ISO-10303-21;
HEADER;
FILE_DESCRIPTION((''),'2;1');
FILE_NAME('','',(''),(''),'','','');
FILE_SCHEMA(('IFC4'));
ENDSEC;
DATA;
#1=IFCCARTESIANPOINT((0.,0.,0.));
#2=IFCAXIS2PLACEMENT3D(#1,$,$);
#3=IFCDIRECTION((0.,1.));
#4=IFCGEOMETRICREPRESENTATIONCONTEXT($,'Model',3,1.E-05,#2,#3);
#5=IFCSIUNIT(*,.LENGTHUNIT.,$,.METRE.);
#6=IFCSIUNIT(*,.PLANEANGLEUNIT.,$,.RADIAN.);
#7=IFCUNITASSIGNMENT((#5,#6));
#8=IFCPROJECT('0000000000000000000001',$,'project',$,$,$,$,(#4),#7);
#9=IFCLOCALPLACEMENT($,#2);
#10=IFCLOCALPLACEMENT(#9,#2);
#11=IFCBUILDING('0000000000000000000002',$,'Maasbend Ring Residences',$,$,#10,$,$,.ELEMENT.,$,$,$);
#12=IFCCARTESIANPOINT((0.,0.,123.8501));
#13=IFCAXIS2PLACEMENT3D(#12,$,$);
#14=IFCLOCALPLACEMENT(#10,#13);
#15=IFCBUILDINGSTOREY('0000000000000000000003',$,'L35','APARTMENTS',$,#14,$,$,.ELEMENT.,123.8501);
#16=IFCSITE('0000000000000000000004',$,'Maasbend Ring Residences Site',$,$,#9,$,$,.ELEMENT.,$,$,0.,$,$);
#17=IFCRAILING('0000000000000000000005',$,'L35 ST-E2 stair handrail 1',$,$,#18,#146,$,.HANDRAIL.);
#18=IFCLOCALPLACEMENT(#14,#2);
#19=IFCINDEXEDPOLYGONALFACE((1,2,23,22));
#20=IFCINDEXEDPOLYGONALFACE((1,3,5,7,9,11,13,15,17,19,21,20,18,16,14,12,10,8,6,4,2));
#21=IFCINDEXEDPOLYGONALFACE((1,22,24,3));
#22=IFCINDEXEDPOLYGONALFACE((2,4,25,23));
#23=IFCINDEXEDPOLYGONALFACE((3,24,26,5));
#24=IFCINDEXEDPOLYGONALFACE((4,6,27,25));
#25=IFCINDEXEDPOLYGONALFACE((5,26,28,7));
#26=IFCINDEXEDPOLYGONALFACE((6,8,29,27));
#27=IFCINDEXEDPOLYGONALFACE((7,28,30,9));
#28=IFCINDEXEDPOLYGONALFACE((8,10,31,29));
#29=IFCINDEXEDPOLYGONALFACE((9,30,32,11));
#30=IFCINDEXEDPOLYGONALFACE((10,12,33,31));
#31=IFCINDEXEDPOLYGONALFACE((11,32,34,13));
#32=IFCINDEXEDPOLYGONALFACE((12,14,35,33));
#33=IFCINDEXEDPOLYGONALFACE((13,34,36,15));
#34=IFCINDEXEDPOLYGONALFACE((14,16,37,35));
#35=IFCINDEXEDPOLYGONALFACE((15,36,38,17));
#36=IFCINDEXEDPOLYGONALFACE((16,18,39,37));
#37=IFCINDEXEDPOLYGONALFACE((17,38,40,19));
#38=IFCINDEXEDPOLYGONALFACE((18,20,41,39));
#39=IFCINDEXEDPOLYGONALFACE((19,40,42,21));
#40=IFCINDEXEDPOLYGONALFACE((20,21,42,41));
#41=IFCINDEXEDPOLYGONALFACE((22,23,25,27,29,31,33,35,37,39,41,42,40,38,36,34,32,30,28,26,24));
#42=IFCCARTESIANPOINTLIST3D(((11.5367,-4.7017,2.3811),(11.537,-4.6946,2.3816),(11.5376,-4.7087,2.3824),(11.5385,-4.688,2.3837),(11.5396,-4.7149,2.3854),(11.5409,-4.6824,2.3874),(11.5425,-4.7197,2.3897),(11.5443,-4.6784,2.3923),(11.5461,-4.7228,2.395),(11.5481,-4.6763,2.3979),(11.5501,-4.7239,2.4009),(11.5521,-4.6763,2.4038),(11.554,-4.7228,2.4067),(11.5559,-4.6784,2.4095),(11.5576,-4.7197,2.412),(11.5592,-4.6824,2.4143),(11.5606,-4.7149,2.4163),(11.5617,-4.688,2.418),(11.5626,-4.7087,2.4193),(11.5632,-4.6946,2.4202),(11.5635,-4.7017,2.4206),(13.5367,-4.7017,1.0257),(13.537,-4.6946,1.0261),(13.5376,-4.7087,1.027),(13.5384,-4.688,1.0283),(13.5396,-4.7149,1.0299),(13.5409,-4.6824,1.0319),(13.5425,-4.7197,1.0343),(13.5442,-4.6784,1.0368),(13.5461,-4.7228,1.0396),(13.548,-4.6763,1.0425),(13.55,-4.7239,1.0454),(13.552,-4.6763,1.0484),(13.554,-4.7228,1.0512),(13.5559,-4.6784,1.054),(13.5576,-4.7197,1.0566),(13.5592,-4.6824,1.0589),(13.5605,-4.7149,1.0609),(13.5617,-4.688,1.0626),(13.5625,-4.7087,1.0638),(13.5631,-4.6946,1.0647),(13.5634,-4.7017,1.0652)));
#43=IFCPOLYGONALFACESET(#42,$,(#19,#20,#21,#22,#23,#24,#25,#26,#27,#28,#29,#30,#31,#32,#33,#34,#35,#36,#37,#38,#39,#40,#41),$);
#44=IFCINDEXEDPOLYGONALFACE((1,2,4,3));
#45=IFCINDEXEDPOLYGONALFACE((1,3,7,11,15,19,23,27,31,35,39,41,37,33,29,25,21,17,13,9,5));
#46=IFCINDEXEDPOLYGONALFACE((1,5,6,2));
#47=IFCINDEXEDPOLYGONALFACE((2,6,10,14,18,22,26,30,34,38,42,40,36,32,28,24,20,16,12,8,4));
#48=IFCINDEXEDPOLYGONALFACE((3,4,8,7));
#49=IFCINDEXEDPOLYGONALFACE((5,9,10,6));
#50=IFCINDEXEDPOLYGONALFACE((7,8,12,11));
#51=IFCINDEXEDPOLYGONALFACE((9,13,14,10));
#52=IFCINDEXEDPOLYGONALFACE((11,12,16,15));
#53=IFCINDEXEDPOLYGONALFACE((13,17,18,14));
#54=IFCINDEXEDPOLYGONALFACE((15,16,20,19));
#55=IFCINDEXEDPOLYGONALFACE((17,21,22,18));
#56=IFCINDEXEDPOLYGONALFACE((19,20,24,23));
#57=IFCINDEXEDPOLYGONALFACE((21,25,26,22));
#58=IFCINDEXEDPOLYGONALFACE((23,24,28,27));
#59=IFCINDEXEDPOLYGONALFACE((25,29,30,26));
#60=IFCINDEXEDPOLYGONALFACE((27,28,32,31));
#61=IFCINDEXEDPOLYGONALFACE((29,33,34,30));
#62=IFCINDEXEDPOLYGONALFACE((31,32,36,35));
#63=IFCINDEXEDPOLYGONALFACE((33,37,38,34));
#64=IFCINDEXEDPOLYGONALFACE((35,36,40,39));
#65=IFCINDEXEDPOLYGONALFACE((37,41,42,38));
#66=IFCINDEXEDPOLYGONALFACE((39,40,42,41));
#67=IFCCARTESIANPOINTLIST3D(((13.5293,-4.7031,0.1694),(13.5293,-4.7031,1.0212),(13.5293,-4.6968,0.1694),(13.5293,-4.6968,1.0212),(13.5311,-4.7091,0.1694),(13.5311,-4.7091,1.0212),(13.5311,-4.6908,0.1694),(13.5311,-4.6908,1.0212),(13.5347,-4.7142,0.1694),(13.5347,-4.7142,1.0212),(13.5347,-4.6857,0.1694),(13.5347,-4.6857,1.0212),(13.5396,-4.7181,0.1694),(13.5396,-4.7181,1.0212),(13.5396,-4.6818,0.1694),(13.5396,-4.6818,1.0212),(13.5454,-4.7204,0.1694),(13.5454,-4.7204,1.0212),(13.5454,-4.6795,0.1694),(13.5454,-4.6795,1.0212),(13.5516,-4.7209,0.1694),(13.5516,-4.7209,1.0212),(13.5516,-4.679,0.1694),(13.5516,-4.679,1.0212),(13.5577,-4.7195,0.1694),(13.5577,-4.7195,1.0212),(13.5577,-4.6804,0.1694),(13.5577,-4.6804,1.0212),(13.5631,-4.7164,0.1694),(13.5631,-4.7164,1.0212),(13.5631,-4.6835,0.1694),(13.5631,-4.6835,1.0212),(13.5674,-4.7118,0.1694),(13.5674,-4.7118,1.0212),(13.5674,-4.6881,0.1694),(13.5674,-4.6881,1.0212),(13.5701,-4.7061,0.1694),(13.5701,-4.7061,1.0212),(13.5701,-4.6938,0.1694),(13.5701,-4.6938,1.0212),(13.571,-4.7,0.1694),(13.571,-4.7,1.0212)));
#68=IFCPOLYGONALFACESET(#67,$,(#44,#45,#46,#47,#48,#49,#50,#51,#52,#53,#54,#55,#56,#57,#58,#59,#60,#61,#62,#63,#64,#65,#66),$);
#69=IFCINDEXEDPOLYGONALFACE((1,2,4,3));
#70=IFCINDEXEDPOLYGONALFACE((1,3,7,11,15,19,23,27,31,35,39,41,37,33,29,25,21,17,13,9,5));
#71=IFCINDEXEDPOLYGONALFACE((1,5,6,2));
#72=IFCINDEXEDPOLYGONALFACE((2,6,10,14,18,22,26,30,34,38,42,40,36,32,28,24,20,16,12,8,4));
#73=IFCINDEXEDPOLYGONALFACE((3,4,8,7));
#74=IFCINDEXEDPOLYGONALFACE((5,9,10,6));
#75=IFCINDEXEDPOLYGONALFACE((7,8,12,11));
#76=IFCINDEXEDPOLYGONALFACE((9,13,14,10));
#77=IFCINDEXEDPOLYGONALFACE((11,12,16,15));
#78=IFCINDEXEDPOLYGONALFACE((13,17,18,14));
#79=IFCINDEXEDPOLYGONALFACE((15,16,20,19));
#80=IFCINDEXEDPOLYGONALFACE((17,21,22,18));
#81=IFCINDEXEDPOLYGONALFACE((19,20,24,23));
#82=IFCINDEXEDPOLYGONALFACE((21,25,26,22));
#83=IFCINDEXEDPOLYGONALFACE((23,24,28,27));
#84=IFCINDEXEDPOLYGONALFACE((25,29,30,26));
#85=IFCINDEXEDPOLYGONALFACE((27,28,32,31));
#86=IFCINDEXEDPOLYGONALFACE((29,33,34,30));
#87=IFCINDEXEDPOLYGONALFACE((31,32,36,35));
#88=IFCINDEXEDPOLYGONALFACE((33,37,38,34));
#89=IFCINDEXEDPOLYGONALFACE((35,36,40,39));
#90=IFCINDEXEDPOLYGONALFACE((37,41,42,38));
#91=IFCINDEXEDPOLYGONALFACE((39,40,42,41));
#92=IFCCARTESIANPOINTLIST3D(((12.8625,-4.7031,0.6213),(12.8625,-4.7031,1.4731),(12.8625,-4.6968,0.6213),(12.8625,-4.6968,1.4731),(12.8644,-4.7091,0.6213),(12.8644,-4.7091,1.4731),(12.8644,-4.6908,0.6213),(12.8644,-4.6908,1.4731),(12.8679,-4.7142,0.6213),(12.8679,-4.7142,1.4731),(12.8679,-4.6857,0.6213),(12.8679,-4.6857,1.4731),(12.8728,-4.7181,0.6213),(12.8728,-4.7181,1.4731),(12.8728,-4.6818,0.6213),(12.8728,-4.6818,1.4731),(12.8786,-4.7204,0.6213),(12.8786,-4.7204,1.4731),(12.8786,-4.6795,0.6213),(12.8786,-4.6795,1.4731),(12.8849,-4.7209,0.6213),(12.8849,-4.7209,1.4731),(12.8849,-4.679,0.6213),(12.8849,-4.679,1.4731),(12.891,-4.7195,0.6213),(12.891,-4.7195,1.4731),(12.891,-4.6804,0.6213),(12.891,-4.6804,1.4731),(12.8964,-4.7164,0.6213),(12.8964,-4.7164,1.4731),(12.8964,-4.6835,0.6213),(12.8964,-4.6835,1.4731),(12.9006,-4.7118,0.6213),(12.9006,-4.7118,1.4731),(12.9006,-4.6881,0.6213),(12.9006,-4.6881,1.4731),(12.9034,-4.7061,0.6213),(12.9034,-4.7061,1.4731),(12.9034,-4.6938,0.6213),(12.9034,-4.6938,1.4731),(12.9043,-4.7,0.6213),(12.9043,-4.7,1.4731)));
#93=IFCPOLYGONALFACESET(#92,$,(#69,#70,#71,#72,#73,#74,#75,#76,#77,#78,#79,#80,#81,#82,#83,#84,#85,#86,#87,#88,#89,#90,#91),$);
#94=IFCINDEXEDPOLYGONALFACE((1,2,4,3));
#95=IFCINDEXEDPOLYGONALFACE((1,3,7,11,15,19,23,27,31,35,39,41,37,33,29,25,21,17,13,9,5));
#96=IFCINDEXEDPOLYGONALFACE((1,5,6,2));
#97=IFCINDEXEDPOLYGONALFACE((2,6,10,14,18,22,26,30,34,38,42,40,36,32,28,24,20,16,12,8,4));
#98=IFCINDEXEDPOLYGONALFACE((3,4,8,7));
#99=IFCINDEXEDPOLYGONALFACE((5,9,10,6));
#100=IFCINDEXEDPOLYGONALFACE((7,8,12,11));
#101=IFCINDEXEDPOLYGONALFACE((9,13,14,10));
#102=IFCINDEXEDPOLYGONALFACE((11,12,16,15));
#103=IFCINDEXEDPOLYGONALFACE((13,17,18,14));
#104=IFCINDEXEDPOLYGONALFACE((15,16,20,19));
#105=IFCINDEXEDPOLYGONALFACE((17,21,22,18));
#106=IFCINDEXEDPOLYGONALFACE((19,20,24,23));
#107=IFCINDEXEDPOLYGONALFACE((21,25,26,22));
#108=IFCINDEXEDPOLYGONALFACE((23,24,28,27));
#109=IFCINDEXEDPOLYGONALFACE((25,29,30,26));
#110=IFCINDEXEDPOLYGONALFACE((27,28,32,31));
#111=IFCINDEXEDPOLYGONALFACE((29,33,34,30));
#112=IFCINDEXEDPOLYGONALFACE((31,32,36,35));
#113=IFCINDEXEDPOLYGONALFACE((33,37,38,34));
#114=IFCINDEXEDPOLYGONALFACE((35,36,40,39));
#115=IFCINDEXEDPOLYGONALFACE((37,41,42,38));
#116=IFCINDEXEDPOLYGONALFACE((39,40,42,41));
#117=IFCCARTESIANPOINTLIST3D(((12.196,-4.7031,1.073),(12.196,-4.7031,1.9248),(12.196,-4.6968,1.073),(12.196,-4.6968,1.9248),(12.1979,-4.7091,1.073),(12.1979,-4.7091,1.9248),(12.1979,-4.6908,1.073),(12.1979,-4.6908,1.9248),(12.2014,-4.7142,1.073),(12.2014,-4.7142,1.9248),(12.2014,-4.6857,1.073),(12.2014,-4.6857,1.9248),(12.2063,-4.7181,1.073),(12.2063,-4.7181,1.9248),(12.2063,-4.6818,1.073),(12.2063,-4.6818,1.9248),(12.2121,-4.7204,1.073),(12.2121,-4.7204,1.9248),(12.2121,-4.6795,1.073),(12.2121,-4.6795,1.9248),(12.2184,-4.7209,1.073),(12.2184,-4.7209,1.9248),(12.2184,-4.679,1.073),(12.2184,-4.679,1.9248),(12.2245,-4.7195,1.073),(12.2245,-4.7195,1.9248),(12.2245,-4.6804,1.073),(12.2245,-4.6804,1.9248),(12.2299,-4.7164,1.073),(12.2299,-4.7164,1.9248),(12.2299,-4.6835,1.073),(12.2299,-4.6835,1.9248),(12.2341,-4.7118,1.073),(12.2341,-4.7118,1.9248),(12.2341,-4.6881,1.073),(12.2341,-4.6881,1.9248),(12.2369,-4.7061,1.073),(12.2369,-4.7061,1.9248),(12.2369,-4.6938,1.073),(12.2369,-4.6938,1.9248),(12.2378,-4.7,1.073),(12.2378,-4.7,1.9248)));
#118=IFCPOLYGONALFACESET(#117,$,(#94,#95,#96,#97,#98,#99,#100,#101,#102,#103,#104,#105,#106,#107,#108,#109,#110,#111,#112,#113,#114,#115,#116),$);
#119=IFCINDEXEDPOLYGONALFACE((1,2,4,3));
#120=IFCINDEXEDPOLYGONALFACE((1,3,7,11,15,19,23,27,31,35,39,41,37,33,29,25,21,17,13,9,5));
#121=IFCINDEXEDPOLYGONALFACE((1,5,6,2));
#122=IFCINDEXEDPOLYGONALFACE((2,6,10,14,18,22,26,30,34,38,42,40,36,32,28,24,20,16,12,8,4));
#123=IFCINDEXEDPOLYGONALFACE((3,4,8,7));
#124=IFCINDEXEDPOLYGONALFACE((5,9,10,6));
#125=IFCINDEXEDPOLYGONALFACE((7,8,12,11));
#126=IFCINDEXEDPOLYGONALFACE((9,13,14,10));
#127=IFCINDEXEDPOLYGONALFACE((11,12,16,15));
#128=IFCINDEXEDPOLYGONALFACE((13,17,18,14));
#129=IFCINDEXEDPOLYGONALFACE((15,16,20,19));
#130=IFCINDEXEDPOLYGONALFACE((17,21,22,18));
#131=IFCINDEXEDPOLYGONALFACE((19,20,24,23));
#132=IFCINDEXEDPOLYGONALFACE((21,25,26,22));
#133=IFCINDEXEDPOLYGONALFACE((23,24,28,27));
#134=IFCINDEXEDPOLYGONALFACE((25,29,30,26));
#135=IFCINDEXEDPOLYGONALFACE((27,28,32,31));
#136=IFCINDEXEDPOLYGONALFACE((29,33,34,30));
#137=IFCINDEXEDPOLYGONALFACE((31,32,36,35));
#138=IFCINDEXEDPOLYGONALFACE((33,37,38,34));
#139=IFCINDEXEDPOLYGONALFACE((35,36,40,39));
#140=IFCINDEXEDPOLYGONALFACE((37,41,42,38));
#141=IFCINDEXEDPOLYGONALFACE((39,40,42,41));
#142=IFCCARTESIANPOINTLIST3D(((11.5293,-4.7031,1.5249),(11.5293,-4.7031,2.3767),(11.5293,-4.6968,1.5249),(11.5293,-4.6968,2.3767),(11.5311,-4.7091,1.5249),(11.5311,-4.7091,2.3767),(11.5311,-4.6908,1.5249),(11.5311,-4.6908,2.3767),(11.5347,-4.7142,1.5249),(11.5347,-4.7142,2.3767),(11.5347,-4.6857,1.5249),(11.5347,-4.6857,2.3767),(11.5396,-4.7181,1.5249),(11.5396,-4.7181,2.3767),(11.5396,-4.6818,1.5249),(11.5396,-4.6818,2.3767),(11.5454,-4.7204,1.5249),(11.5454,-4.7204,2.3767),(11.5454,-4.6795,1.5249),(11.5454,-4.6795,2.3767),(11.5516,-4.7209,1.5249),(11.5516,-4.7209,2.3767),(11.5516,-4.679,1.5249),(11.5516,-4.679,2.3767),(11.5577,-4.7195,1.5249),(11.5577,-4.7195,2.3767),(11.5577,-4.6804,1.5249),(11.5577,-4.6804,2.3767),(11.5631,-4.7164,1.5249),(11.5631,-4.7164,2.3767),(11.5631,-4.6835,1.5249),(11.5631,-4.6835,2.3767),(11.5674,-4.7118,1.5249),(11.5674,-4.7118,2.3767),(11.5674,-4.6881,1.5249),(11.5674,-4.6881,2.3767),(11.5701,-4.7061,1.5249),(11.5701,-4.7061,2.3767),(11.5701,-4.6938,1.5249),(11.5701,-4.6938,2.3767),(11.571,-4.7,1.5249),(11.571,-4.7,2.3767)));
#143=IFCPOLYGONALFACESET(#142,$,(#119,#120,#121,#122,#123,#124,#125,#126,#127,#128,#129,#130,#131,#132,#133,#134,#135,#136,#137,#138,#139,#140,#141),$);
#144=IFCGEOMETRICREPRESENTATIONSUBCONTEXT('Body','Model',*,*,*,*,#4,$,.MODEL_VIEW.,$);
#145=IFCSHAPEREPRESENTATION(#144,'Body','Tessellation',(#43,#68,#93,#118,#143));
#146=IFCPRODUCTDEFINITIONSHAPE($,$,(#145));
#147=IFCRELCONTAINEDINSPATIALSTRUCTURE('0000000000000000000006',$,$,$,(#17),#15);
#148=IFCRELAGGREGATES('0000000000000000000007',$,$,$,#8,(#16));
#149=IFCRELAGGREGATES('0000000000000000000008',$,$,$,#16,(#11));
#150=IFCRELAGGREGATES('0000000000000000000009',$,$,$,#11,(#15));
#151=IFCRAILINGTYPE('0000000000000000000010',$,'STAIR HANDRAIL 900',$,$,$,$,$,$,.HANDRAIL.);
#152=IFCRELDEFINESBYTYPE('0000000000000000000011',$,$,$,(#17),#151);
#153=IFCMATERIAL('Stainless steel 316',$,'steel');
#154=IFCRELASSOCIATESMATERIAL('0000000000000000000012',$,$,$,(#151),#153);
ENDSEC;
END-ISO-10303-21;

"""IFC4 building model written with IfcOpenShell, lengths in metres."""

from ifc_helpers import new_model, si_unit, direction, frame, origin, origin_2d, place, context, subcontext, project, spatial, circle, extrude, material, type_object, element, save


model = new_model("IFC4")

# Units and contexts
model_context = context("Model", 3, precision=1e-05, world=origin(), true_north=direction((0.0, 1.0)))
body_context = subcontext(model_context, "Body", "Model", "MODEL_VIEW")
ifc_project = project(units=[si_unit("LENGTHUNIT", "METRE"), si_unit("PLANEANGLEUNIT", "RADIAN")], contexts=[model_context])

# Site, building, storey
site_placement = place(None, origin())
site = spatial("IfcSite", under=ifc_project, at=site_placement, Name="Maasbend Ring Residences Site", CompositionType="ELEMENT", RefElevation=0.0)
building_placement = place(site_placement, origin())
building = spatial("IfcBuilding", under=site, at=building_placement, Name="Maasbend Ring Residences", CompositionType="ELEMENT")
storey_placement = place(building_placement, frame((0.0, 0.0, 123.8501)))
storey = spatial("IfcBuildingStorey", under=building, at=storey_placement, Name="L35", Description="APARTMENTS", CompositionType="ELEMENT", Elevation=123.8501)

# Railing
ifc_material_1 = material(Name="Stainless steel 316", Category="steel")
railing_type = type_object("IfcRailingType", Name="STAIR HANDRAIL 900", PredefinedType="HANDRAIL", material=ifc_material_1)
railing_1_placement = place(storey_placement, frame((13.55, -4.7, 0.1694)))
element("IfcRailing", 1, at=railing_1_placement, inside=storey, type_object=railing_type, Name="L35 ST-E2 stair handrail 1", PredefinedType="HANDRAIL", context=body_context, shape_type="SweptSolid", body=[
    extrude(circle(Radius=0.0239, at=origin_2d()), frame((0.0, 0.0, 0.876), z_axis=(-0.827798, 0.0, 0.561027), x_axis=(0.0, -1.0, 0.0)), (0.0, 0.0, 1.0), 2.416),
    extrude(circle(Radius=0.021, at=origin_2d()), origin(), (0.0, 0.0, 1.0), 0.8518),
    extrude(circle(Radius=0.021, at=origin_2d()), frame((-0.6667, 0.0, 0.4519)), (0.0, 0.0, 1.0), 0.8518),
    extrude(circle(Radius=0.021, at=origin_2d()), frame((-1.3333, 0.0, 0.9036)), (0.0, 0.0, 1.0), 0.8518),
    extrude(circle(Radius=0.021, at=origin_2d()), frame((-2.0, 0.0, 1.3555)), (0.0, 0.0, 1.0), 0.8518),
])

save(model, "model.ifc")
